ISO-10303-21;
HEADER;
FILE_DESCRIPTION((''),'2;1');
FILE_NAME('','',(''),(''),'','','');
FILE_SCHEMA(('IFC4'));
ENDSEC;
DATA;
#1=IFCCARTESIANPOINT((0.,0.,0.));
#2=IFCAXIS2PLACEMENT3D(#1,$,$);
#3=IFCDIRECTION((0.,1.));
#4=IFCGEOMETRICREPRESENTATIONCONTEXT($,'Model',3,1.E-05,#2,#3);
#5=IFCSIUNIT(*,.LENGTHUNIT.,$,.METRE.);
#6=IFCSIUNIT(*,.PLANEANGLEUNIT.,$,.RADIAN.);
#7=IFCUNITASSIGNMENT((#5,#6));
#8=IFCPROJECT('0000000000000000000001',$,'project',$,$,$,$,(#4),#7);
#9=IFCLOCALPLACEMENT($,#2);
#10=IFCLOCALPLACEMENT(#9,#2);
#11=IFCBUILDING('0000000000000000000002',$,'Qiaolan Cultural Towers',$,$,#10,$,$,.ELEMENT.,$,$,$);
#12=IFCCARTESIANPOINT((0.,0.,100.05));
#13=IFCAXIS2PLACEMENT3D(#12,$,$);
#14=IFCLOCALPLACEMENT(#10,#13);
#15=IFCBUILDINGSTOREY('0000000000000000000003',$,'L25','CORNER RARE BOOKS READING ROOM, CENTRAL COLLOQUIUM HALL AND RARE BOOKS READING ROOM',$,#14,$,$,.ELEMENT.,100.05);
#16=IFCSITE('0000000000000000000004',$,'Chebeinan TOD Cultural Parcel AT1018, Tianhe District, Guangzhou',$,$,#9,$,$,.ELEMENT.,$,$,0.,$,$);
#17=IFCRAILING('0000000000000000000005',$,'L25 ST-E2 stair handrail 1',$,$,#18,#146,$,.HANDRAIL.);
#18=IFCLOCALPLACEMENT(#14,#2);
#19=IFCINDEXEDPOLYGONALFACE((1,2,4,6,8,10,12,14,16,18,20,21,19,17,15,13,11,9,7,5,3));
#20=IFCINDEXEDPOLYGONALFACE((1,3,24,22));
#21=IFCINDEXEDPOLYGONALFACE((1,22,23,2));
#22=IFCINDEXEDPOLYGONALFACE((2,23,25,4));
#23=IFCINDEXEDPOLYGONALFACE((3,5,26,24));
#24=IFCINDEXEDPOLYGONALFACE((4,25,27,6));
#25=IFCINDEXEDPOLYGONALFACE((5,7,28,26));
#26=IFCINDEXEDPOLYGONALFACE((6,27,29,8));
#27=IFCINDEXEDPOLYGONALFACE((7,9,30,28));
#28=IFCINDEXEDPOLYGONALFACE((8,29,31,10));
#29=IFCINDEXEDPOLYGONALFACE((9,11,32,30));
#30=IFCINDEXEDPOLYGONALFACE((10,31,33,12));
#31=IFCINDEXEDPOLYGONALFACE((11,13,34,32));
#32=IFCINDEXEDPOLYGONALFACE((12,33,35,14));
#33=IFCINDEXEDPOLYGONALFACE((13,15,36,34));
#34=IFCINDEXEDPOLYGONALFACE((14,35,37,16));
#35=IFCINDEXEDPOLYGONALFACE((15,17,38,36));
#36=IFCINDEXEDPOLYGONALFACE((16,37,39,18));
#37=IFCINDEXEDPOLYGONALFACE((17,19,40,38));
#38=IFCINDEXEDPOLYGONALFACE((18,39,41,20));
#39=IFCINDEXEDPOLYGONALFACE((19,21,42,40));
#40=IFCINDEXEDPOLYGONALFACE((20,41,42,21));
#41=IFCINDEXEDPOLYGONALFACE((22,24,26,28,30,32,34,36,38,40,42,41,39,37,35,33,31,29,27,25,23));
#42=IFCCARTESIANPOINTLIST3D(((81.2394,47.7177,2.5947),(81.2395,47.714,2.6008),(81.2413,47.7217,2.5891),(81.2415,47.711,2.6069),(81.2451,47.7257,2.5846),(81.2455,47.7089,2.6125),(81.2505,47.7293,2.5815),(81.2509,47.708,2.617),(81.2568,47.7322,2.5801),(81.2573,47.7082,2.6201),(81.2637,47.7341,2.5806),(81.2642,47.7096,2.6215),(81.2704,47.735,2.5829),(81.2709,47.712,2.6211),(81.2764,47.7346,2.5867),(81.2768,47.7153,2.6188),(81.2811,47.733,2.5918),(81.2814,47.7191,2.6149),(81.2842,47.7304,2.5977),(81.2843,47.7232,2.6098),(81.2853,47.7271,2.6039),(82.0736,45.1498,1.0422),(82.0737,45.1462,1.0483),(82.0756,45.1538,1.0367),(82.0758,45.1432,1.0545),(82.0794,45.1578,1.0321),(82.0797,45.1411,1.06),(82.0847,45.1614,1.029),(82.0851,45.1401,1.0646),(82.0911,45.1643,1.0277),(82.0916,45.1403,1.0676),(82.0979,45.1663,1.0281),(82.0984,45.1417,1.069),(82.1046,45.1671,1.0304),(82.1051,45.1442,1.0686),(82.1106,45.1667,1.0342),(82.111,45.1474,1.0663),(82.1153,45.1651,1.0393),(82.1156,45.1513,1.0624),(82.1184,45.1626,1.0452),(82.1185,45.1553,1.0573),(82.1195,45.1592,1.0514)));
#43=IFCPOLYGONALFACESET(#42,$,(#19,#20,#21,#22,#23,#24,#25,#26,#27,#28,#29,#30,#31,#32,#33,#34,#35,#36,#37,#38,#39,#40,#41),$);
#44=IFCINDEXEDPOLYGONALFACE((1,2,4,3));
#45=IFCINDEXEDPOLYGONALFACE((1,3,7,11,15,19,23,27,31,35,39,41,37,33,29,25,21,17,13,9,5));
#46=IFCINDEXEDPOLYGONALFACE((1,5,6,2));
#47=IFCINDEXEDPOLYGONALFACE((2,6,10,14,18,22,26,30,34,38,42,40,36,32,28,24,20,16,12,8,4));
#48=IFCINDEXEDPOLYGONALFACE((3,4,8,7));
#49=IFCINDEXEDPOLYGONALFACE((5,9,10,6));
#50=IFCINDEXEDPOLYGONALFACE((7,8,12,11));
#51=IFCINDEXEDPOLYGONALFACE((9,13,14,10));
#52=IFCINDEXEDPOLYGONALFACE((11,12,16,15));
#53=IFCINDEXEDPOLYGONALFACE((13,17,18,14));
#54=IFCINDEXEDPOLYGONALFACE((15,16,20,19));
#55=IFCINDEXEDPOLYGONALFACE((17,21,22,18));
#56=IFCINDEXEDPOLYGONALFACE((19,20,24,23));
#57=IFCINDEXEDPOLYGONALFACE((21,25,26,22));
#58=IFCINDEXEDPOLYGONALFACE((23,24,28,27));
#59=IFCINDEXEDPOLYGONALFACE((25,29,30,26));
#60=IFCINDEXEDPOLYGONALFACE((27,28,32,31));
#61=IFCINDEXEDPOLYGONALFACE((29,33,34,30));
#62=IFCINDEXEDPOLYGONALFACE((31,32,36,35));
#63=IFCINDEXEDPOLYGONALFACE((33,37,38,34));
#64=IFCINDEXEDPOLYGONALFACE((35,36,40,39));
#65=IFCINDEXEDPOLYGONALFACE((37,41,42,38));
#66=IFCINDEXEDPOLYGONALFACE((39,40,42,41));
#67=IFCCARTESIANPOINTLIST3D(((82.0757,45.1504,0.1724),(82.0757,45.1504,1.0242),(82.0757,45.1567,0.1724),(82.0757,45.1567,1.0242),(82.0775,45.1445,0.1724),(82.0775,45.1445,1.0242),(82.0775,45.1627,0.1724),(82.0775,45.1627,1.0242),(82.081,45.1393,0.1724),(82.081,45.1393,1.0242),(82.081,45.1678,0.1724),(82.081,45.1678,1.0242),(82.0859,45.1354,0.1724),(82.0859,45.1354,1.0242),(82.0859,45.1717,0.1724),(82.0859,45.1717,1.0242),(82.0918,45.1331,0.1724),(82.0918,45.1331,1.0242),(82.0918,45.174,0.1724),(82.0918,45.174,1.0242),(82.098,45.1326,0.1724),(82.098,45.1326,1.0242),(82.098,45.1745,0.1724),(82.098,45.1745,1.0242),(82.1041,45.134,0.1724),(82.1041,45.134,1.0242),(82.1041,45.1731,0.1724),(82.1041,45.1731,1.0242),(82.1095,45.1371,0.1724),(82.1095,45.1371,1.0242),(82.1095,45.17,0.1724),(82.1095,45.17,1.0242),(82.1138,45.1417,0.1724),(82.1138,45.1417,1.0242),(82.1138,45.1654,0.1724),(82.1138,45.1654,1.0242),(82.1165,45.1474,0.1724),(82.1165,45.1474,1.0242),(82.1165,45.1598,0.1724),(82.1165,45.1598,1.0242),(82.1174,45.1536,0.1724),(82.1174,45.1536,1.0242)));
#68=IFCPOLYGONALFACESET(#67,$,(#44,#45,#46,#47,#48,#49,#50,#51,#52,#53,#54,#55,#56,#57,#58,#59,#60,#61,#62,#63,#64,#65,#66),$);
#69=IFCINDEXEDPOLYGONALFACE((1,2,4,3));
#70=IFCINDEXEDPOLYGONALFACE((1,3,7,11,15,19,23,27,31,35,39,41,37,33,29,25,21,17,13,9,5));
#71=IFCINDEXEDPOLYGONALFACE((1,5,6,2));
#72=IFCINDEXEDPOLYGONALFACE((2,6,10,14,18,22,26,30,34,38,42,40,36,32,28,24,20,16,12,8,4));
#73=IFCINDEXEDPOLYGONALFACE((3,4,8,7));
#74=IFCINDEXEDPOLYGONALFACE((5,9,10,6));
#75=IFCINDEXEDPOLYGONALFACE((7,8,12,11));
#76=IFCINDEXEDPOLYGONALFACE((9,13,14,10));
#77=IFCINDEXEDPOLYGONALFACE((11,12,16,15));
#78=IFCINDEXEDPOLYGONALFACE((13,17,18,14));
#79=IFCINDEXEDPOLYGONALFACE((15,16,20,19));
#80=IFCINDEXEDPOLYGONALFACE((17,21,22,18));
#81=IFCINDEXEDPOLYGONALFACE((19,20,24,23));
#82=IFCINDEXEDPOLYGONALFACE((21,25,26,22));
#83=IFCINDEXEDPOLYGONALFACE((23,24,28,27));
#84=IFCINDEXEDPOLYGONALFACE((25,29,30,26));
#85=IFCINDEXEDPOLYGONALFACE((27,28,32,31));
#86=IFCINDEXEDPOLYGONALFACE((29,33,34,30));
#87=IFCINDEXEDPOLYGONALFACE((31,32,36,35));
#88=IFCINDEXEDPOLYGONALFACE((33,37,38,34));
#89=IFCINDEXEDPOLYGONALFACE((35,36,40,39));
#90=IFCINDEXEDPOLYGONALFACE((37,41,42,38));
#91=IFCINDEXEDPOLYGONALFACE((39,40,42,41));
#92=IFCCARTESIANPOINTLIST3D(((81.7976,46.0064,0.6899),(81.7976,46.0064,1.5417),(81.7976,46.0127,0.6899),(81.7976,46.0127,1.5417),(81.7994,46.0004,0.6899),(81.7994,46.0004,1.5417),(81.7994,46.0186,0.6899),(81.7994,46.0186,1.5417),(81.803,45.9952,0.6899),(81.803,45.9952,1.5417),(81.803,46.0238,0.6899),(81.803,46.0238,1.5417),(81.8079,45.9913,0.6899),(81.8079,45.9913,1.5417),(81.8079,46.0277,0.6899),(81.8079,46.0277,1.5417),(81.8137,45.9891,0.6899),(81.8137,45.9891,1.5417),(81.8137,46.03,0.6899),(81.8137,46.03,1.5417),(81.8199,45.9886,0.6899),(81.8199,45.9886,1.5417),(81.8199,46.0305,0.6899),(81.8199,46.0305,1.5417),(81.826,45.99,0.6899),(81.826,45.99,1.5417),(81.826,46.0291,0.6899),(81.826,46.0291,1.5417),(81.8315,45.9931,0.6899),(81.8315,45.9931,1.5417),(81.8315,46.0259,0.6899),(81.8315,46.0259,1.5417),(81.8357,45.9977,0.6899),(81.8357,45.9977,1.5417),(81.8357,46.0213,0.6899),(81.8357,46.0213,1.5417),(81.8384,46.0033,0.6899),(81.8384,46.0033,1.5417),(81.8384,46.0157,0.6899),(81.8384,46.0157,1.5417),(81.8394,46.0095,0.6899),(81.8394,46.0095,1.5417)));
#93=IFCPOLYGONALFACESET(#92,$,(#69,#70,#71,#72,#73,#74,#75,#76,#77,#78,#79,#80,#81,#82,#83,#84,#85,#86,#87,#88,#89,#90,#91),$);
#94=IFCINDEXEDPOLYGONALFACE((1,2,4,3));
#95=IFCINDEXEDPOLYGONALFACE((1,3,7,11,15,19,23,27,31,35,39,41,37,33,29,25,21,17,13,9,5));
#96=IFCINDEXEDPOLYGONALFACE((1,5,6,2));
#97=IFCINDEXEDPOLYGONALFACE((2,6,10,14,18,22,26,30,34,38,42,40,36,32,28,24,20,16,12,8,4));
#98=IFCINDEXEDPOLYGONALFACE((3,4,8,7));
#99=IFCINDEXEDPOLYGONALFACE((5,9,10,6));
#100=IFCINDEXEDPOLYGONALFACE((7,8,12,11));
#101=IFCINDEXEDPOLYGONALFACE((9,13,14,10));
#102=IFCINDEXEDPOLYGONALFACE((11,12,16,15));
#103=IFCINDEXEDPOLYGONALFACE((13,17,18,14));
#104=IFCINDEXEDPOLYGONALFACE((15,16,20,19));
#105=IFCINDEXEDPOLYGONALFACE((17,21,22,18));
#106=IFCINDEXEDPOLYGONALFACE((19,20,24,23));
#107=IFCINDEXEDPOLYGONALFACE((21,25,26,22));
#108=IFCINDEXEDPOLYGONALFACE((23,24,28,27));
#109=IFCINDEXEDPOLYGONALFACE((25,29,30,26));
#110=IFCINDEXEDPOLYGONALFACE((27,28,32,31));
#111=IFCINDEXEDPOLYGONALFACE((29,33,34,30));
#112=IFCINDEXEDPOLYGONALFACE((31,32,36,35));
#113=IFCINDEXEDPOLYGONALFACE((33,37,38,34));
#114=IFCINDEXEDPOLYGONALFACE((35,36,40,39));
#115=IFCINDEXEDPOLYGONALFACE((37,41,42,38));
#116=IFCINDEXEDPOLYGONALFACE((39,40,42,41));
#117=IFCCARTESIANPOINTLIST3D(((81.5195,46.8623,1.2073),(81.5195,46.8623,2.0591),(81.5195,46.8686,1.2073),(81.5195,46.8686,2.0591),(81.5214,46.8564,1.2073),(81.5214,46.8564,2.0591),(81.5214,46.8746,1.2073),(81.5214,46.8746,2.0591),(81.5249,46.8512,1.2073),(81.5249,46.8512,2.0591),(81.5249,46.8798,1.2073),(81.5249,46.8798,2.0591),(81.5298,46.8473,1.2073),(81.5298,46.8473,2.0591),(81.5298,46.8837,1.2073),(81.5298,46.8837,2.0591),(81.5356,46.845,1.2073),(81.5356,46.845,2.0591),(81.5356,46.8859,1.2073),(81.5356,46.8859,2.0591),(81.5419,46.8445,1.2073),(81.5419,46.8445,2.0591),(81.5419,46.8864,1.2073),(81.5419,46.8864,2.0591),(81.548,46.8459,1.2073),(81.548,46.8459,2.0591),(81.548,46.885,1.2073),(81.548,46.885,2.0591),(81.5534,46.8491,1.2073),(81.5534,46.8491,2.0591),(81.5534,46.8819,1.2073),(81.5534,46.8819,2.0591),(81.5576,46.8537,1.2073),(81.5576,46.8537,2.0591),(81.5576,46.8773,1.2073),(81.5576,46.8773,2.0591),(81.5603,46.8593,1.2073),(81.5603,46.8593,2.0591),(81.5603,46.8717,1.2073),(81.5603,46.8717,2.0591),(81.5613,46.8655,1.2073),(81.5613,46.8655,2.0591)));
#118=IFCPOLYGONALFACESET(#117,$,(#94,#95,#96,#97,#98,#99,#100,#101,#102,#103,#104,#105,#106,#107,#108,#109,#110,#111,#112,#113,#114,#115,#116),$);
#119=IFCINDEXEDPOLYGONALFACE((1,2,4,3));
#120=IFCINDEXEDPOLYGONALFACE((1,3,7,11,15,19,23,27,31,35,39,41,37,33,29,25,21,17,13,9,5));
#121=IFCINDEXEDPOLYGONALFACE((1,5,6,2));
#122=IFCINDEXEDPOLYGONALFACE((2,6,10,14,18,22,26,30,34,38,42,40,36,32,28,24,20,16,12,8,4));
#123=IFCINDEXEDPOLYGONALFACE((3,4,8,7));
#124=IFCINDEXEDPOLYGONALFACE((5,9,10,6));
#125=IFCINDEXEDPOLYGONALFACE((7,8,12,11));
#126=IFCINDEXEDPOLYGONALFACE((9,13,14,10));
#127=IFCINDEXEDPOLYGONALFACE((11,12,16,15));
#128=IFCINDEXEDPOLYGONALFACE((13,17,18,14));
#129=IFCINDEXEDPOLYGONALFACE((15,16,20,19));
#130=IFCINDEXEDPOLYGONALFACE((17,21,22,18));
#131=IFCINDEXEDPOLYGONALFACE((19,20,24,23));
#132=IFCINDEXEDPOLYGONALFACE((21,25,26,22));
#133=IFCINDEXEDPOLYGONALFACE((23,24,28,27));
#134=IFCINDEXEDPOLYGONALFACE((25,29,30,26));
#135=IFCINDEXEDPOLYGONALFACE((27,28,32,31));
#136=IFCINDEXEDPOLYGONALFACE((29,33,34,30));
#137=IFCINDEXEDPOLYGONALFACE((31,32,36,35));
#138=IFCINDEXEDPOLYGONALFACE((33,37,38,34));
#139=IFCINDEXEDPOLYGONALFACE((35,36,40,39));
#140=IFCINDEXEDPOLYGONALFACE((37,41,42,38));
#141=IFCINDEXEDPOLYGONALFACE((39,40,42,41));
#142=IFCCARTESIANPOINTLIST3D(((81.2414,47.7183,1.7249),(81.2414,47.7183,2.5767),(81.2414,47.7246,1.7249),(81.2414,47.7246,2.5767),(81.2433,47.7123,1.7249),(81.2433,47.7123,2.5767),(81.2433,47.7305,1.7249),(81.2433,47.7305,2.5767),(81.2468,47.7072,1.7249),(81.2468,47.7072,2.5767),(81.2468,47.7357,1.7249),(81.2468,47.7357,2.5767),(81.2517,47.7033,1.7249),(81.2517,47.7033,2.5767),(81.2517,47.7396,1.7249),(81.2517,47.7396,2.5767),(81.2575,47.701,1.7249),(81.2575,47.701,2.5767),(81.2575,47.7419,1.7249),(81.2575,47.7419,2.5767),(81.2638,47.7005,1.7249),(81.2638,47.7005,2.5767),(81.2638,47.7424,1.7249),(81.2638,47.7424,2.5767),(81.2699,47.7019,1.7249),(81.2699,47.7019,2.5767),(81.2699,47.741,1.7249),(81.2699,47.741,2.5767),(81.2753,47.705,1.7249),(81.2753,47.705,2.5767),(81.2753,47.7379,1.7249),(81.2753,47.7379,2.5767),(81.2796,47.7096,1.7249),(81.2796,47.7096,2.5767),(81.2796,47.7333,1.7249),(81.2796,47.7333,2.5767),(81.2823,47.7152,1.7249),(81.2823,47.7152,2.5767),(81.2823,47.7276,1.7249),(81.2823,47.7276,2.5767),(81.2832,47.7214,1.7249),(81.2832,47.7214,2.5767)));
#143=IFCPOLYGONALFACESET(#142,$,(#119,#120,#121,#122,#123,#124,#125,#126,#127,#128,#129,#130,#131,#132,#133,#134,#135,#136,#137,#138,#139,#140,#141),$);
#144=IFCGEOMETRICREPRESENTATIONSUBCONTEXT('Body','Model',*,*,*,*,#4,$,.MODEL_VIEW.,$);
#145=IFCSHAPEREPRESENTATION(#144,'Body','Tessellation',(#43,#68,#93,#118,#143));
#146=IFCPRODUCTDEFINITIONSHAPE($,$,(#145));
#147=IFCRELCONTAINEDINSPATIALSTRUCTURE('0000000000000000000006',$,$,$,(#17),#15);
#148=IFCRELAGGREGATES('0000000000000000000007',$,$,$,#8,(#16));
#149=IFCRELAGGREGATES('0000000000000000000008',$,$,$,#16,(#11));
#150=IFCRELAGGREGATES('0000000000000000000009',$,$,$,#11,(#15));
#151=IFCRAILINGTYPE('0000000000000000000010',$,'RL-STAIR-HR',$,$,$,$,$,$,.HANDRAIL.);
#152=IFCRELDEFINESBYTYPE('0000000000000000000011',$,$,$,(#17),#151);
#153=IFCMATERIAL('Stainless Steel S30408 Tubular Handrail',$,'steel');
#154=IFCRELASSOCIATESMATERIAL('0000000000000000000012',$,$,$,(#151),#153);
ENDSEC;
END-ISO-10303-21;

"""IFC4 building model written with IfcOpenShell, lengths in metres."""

from ifc_helpers import new_model, si_unit, direction, frame, origin, origin_2d, place, context, subcontext, project, spatial, circle, extrude, material, type_object, element, save


model = new_model("IFC4")

# Units and contexts
model_context = context("Model", 3, precision=1e-05, world=origin(), true_north=direction((0.0, 1.0)))
body_context = subcontext(model_context, "Body", "Model", "MODEL_VIEW")
ifc_project = project(units=[si_unit("LENGTHUNIT", "METRE"), si_unit("PLANEANGLEUNIT", "RADIAN")], contexts=[model_context])

# Site, building, storey
site_placement = place(None, origin())
site = spatial("IfcSite", under=ifc_project, at=site_placement, Name="Chebeinan TOD Cultural Parcel AT1018, Tianhe District, Guangzhou", CompositionType="ELEMENT", RefElevation=0.0)
building_placement = place(site_placement, origin())
building = spatial("IfcBuilding", under=site, at=building_placement, Name="Qiaolan Cultural Towers", CompositionType="ELEMENT")
storey_placement = place(building_placement, frame((0.0, 0.0, 100.05)))
storey = spatial("IfcBuildingStorey", under=building, at=storey_placement, Name="L25", Description="CORNER RARE BOOKS READING ROOM, CENTRAL COLLOQUIUM HALL AND RARE BOOKS READING ROOM", CompositionType="ELEMENT", Elevation=100.05)

# Railing
ifc_material_1 = material(Name="Stainless Steel S30408 Tubular Handrail", Category="steel")
railing_type_1 = type_object("IfcRailingType", Name="RL-STAIR-HR", PredefinedType="HANDRAIL", material=ifc_material_1)
railing_1_placement = place(storey_placement, frame((82.0964, 45.1536, 0.1724)))
element("IfcRailing", 1, at=railing_1_placement, inside=storey, type_object=railing_type_1, Name="L25 ST-E2 stair handrail 1", PredefinedType="HANDRAIL", context=body_context, shape_type="SweptSolid", body=[
    extrude(circle(Radius=0.0239, at=origin_2d()), frame((0.0, 0.0, 0.876), z_axis=(-0.267853, 0.824488, 0.498471), x_axis=(-0.95107, -0.308976, 0.0)), (0.0, 0.0, 1.0), 3.1145),
    extrude(circle(Radius=0.021, at=origin_2d()), origin(), (0.0, 0.0, 1.0), 0.8518),
    extrude(circle(Radius=0.021, at=origin_2d()), frame((-0.2781, 0.856, 0.5176)), (0.0, 0.0, 1.0), 0.8518),
    extrude(circle(Radius=0.021, at=origin_2d()), frame((-0.5562, 1.7119, 1.0349)), (0.0, 0.0, 1.0), 0.8518),
    extrude(circle(Radius=0.021, at=origin_2d()), frame((-0.8342, 2.5679, 1.5525)), (0.0, 0.0, 1.0), 0.8518),
])

save(model, "model.ifc")
